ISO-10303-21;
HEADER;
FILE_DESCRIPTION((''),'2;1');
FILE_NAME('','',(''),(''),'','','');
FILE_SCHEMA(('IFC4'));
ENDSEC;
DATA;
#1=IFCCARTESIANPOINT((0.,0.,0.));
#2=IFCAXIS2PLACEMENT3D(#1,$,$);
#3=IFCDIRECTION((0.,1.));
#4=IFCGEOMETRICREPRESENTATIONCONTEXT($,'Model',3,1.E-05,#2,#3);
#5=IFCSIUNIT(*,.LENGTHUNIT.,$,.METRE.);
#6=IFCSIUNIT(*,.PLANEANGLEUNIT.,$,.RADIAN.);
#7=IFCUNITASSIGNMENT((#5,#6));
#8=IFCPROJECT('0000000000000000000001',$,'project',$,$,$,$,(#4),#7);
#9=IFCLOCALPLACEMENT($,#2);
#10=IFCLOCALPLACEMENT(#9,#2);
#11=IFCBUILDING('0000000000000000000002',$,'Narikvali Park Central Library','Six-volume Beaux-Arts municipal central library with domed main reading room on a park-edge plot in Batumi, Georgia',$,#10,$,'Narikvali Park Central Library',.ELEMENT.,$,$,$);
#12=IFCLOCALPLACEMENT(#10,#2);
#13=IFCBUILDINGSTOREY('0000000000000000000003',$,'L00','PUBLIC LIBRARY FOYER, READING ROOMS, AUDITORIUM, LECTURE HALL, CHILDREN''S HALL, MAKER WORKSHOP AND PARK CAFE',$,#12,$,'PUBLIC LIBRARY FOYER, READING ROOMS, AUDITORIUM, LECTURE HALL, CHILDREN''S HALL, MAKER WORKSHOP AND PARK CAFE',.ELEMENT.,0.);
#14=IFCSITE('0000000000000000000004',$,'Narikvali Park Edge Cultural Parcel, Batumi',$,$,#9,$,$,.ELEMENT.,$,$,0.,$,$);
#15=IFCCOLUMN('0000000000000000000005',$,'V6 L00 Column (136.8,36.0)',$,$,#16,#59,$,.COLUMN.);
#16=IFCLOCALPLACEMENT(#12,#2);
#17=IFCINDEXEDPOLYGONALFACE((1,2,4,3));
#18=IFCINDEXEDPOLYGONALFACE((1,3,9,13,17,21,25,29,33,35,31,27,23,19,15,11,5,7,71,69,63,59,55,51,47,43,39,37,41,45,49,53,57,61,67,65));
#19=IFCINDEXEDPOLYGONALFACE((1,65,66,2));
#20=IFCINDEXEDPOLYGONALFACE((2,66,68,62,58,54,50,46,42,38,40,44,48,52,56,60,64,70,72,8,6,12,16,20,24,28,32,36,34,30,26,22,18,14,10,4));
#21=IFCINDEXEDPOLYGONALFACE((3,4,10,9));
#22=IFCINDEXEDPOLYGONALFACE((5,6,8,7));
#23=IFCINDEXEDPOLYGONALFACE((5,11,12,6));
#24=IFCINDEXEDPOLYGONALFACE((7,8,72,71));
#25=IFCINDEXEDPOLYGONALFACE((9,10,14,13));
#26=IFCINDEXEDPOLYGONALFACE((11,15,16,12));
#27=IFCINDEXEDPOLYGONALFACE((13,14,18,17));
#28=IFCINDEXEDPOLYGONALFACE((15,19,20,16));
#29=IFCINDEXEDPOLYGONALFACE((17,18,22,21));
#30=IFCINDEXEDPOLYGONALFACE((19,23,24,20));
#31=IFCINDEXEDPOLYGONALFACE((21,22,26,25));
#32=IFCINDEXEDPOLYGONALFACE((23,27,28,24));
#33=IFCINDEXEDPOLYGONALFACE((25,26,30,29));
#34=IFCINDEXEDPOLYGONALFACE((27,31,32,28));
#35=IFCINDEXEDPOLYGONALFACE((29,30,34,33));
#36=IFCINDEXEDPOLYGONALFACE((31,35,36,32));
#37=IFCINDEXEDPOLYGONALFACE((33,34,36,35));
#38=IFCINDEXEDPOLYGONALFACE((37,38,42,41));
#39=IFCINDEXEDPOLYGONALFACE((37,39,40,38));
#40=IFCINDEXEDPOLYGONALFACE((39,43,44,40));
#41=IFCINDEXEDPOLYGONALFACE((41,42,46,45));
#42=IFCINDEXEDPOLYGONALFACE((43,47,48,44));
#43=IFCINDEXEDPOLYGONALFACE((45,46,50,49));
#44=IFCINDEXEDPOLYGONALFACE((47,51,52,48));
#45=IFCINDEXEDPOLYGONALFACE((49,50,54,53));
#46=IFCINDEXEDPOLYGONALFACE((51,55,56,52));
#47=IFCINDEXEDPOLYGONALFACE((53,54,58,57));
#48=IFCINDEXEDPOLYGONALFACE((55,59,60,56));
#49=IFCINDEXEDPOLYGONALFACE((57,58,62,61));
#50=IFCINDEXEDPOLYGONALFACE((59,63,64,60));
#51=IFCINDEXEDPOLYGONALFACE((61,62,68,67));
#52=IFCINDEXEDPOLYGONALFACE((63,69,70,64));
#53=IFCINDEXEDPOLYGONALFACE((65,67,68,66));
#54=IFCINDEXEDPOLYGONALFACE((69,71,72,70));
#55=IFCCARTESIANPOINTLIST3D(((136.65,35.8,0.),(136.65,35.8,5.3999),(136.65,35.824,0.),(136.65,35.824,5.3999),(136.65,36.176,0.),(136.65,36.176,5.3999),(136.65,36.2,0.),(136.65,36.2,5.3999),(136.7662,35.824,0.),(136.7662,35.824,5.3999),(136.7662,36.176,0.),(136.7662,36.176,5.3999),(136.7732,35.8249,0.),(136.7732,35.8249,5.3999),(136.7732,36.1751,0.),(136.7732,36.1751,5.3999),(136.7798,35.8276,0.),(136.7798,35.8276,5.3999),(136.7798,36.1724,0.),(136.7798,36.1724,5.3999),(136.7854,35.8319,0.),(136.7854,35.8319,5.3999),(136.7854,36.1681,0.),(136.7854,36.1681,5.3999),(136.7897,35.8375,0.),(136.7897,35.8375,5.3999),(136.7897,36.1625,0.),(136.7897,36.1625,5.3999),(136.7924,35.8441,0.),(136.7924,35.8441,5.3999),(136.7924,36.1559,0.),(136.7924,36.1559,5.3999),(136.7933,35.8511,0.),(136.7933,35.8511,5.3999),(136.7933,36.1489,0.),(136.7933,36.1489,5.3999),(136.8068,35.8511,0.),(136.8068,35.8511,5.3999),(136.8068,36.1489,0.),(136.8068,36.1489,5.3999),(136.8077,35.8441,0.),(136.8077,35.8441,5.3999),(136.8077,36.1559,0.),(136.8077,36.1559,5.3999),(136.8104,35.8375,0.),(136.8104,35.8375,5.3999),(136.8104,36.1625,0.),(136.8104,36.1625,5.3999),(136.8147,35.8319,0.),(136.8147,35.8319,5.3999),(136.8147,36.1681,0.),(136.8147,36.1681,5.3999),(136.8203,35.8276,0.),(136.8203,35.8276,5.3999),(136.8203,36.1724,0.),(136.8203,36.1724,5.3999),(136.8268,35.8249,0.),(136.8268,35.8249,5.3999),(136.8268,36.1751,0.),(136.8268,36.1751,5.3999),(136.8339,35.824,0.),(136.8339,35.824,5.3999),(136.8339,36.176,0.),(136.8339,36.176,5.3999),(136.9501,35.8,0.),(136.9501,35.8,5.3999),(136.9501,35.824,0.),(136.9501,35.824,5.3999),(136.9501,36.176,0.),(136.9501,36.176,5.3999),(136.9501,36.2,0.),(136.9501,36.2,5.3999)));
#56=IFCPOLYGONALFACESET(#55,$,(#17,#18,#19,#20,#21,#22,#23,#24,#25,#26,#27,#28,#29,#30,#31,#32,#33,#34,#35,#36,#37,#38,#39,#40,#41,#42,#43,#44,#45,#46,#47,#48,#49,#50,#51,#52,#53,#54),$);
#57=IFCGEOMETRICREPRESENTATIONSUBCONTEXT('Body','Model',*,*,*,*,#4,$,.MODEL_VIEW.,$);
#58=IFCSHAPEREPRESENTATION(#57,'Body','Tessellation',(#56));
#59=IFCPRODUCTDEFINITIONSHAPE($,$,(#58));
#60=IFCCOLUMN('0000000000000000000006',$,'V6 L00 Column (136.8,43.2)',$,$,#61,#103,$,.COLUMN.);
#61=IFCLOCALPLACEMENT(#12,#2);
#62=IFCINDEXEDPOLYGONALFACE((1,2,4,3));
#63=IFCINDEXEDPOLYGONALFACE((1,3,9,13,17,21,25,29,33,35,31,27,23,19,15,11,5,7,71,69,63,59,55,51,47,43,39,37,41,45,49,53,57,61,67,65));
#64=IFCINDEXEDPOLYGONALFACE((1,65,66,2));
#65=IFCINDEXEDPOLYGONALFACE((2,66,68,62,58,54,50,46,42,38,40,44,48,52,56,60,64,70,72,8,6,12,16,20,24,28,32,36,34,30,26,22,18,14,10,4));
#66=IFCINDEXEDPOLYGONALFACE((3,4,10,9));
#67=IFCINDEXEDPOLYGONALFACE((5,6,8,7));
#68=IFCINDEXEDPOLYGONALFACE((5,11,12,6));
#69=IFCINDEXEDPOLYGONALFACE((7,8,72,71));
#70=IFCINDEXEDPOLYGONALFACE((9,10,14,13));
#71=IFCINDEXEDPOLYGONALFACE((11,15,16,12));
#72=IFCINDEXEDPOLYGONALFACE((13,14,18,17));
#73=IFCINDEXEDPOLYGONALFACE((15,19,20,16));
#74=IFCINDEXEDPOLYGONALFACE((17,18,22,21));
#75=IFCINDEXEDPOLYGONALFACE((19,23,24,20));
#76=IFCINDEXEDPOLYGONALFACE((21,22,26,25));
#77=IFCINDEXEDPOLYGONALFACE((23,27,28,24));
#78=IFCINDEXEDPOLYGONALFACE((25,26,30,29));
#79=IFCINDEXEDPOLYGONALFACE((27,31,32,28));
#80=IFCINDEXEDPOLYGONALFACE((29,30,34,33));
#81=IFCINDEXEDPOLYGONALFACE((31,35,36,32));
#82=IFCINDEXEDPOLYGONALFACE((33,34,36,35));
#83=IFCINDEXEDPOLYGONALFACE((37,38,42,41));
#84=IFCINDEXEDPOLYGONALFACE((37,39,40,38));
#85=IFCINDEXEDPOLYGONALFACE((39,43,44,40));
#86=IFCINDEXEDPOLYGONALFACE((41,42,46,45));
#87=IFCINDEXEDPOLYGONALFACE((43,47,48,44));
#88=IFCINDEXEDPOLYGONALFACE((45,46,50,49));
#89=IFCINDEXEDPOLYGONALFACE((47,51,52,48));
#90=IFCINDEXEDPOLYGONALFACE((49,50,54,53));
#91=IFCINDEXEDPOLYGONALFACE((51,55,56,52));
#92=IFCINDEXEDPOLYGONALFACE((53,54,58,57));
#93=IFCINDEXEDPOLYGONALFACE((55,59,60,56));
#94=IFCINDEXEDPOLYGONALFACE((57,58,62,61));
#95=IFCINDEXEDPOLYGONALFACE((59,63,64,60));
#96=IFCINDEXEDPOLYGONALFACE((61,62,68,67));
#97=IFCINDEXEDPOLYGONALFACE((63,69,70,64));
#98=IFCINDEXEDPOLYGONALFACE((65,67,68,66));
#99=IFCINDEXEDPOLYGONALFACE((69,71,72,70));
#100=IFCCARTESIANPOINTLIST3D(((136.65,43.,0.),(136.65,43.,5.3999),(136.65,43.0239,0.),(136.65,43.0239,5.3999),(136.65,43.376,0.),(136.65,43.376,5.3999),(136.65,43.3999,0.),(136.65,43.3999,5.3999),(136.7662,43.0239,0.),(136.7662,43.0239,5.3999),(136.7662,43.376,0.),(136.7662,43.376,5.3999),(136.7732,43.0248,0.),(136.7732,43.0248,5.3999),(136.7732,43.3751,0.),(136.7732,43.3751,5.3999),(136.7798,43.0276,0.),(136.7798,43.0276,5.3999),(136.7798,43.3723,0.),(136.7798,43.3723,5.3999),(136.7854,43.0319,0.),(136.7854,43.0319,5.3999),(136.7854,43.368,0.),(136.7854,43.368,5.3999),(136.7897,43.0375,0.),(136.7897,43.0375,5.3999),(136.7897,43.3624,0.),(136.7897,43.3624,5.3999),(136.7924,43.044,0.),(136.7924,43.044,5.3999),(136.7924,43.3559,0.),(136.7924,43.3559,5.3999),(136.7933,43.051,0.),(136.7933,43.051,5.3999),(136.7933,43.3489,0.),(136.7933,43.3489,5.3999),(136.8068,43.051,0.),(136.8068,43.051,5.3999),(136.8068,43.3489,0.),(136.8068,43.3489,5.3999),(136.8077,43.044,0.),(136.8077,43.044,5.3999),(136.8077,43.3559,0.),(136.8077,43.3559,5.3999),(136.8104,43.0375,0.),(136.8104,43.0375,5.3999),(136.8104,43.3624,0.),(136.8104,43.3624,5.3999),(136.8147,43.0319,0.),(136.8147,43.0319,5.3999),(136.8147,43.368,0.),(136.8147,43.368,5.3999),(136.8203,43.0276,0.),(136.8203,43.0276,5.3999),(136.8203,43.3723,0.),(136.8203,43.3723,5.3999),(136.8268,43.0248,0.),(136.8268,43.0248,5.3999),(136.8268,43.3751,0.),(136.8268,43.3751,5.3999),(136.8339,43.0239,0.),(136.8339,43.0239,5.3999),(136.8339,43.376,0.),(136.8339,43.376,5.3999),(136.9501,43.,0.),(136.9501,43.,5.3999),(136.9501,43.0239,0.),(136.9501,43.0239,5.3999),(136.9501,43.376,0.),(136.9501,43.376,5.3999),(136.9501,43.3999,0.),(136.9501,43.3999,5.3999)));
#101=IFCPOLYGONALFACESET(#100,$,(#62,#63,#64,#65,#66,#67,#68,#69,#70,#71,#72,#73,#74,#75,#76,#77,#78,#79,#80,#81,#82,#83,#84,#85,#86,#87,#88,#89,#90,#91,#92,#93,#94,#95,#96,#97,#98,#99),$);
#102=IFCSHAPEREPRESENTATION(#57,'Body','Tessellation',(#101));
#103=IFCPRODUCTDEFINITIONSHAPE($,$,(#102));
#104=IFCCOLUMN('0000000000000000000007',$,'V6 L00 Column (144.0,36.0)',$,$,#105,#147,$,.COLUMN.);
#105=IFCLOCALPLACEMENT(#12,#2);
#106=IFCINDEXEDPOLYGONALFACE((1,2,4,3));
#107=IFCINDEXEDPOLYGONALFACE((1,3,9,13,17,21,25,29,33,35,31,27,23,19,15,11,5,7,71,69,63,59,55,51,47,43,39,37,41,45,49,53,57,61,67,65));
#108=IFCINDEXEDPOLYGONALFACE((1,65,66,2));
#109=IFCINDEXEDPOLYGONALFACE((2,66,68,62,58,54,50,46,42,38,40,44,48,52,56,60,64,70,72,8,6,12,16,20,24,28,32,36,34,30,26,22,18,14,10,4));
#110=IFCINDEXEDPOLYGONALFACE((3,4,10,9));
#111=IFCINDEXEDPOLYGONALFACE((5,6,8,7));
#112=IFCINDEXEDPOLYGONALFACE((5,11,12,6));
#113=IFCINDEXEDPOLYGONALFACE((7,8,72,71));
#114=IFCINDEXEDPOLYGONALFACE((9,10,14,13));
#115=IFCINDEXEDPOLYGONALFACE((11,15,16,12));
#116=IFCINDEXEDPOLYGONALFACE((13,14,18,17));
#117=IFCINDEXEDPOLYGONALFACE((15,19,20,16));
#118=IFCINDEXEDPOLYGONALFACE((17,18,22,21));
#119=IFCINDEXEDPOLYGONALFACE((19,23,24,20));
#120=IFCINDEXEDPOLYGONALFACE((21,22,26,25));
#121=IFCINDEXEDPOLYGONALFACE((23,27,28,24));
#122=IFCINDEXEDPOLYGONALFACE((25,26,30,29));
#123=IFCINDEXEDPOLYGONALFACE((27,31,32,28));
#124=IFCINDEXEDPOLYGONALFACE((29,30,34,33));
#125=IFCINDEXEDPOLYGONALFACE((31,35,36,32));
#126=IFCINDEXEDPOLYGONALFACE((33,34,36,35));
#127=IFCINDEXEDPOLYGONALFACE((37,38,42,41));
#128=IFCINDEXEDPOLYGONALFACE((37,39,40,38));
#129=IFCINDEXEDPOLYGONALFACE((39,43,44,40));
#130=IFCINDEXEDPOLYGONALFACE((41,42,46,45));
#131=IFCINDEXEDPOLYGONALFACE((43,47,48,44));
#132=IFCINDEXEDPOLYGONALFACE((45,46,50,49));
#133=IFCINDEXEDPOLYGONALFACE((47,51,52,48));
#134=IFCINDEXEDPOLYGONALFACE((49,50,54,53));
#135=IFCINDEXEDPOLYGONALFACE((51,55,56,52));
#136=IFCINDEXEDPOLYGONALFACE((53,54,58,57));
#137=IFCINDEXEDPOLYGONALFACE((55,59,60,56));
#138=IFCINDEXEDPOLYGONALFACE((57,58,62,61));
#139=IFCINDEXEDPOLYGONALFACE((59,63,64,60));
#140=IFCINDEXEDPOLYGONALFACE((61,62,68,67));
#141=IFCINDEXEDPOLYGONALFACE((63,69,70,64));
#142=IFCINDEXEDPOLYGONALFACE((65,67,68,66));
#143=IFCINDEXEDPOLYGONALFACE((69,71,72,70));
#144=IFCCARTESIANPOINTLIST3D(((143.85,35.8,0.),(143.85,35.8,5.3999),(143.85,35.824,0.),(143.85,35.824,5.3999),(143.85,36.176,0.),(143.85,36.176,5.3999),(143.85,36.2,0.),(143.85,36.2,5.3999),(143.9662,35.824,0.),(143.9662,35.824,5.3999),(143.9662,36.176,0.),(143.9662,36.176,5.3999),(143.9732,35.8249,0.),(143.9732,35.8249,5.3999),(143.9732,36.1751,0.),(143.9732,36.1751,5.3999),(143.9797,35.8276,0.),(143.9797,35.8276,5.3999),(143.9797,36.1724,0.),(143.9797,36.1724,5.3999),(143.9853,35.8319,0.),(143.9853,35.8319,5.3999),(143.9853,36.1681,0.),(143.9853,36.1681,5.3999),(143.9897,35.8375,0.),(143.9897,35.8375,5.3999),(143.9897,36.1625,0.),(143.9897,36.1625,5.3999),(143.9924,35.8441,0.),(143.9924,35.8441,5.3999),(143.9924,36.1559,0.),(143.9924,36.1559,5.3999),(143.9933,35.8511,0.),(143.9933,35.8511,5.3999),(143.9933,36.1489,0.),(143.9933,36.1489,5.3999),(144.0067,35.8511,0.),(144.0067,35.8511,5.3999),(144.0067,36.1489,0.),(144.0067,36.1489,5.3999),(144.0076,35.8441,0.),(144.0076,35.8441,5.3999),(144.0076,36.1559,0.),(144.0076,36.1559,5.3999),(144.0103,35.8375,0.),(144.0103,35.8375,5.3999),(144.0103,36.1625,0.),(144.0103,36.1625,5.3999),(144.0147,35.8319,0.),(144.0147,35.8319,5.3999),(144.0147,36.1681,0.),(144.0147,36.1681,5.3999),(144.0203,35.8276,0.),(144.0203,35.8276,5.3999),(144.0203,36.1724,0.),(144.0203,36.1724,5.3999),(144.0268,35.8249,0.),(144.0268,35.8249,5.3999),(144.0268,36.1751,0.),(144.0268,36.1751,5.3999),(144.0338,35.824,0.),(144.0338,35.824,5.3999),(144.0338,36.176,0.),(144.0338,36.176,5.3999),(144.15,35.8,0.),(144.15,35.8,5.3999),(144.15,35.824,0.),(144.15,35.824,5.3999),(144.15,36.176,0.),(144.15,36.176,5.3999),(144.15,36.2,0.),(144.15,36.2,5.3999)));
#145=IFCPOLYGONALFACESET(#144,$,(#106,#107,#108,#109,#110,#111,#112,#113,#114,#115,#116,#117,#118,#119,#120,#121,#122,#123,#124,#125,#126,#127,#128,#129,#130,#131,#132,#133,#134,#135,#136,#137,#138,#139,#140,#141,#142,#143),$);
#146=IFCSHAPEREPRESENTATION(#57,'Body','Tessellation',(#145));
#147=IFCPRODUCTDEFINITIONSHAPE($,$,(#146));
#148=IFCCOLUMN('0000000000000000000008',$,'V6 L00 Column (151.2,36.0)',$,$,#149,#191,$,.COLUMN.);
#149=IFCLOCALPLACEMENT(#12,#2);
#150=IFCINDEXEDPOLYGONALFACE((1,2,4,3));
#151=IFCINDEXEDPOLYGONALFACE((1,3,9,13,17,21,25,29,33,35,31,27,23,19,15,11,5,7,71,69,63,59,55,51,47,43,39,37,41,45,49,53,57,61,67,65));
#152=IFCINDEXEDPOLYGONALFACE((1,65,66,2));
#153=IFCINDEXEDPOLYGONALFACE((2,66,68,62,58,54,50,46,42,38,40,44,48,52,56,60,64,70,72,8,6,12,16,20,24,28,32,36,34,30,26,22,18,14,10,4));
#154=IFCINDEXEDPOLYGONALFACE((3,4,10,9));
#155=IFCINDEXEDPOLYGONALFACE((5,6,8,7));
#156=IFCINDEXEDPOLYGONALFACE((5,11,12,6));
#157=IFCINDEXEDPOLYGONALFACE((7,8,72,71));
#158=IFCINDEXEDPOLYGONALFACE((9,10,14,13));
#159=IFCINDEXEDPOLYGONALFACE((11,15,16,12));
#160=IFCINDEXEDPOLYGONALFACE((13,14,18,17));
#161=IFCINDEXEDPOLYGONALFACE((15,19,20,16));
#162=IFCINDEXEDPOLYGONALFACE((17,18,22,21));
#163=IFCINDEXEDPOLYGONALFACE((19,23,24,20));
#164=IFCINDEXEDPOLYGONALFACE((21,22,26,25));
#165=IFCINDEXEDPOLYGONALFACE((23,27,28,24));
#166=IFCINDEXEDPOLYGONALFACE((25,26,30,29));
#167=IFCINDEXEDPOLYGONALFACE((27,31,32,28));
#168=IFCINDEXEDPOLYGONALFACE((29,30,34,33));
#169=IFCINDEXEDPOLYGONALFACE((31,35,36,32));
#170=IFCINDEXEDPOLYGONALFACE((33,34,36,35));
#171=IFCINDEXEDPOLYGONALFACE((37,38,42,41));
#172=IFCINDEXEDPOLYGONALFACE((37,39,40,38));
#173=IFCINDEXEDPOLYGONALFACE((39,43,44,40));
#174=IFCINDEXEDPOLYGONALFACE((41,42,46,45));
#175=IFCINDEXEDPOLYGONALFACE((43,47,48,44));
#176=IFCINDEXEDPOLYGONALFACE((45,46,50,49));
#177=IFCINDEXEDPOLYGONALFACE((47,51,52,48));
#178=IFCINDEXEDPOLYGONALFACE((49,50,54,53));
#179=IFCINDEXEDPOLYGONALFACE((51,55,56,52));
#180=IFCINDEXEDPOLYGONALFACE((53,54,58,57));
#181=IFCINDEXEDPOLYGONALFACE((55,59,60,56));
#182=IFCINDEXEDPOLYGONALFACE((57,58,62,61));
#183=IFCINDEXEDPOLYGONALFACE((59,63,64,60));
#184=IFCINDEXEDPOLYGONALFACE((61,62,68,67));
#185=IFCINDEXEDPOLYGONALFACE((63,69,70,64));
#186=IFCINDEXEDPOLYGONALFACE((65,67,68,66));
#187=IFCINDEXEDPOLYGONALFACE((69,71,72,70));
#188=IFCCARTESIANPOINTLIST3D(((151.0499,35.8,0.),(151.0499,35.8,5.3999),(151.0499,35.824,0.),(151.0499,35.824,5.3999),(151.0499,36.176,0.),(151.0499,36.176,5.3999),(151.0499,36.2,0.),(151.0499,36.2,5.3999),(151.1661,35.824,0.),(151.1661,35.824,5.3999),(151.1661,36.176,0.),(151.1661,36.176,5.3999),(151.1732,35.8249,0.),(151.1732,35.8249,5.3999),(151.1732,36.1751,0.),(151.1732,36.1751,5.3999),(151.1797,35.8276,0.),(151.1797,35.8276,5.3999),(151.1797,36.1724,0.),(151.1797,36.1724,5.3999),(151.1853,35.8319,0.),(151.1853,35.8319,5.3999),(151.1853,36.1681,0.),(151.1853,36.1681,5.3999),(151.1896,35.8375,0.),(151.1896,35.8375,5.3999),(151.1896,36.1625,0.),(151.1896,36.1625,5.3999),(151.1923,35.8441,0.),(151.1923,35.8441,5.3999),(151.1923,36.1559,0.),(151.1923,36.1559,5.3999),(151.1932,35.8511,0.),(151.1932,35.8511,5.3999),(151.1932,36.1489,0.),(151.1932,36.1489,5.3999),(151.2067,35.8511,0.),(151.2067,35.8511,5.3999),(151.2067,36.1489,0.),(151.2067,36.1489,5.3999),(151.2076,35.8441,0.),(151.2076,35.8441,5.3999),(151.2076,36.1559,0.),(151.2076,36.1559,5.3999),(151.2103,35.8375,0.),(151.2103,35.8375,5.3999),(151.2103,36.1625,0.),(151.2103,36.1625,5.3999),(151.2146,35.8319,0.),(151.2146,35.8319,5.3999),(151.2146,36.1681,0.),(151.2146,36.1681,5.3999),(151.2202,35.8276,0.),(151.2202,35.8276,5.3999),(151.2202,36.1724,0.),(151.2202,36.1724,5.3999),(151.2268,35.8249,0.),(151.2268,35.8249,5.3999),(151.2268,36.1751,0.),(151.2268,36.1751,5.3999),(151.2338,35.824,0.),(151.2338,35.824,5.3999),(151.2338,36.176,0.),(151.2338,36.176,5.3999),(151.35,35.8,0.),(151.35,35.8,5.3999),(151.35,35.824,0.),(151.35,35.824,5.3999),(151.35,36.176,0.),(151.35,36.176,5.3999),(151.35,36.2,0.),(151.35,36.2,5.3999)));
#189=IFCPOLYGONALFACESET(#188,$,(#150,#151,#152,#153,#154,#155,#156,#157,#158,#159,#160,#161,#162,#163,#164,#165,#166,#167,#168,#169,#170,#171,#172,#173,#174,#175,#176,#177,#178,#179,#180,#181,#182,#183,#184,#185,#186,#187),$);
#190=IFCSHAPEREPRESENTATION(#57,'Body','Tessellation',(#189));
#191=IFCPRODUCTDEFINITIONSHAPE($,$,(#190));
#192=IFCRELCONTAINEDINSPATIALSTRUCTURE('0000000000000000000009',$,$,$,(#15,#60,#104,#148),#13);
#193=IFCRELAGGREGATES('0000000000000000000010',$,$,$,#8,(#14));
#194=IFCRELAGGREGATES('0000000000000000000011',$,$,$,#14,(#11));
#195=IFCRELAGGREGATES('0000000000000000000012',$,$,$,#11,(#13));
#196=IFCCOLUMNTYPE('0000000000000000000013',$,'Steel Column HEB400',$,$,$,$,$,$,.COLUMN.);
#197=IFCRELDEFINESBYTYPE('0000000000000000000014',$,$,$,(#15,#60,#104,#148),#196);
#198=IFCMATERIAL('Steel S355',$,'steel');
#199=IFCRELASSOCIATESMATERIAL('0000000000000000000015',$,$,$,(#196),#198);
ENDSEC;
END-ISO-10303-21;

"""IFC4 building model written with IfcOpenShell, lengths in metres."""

from ifc_helpers import new_model, si_unit, direction, frame, origin, origin_2d, place, context, subcontext, project, spatial, i_section, extrude, material, material_profile, profile_set, type_object, element, save


model = new_model("IFC4")

# Units and contexts
model_context = context("Model", 3, precision=1e-05, world=origin(), true_north=direction((0.0, 1.0)))
body_context = subcontext(model_context, "Body", "Model", "MODEL_VIEW")
ifc_project = project(units=[si_unit("LENGTHUNIT", "METRE"), si_unit("PLANEANGLEUNIT", "RADIAN")], contexts=[model_context])

# Site, building, storey
site_placement = place(None, origin())
site = spatial("IfcSite", under=ifc_project, at=site_placement, Name="Narikvali Park Edge Cultural Parcel, Batumi", CompositionType="ELEMENT", RefElevation=0.0)
building_placement = place(site_placement, origin())
building = spatial("IfcBuilding", under=site, at=building_placement, Name="Narikvali Park Central Library", Description="Six-volume Beaux-Arts municipal central library with domed main reading room on a park-edge plot in Batumi, Georgia", LongName="Narikvali Park Central Library", CompositionType="ELEMENT")
storey_placement = place(building_placement, origin())
storey = spatial("IfcBuildingStorey", under=building, at=storey_placement, Name="L00", Description="PUBLIC LIBRARY FOYER, READING ROOMS, AUDITORIUM, LECTURE HALL, CHILDREN'S HALL, MAKER WORKSHOP AND PARK CAFE", LongName="PUBLIC LIBRARY FOYER, READING ROOMS, AUDITORIUM, LECTURE HALL, CHILDREN'S HALL, MAKER WORKSHOP AND PARK CAFE", CompositionType="ELEMENT", Elevation=0.0)

# Columns
ifc_material_1 = material(Name="Steel S355", Category="steel")
ifc_material_profile_1 = material_profile(ifc_material_1, i_section(OverallWidth=0.3, OverallDepth=0.3999, WebThickness=0.0134, FlangeThickness=0.0239, FilletRadius=0.0271, at=origin_2d()), Name="HEB 400")
ifc_profile_set_1 = profile_set([ifc_material_profile_1], Name="Steel S355")
column_type = type_object("IfcColumnType", Name="Steel Column HEB400", PredefinedType="COLUMN", material=ifc_profile_set_1)
for number, where, z_axis, x_axis, name in (
    (1, (136.8, 36.0, 0.0), (0.0, 0.0, 1.0), (1.0, 0.0, 0.0), "V6 L00 Column (136.8,36.0)"),
    (2, (136.8, 43.2, 0.0), (0.0, 0.0, 1.0), (1.0, 0.0, 0.0), "V6 L00 Column (136.8,43.2)"),
    (3, (144.0, 36.0, 0.0), (0.0, 0.0, 1.0), (1.0, 0.0, 0.0), "V6 L00 Column (144.0,36.0)"),
    (4, (151.2, 36.0, 0.0), (0.0, 0.0, 1.0), (1.0, 0.0, 0.0), "V6 L00 Column (151.2,36.0)"),
):
    element("IfcColumn", number, at=place(storey_placement, frame(where, z_axis=z_axis, x_axis=x_axis)), inside=storey, type_object=column_type, Name=name, PredefinedType="COLUMN", context=body_context, shape_type="SweptSolid", body=[
        extrude(i_section(OverallWidth=0.3, OverallDepth=0.3999, WebThickness=0.0134, FlangeThickness=0.0239, FilletRadius=0.0271, at=origin_2d()), origin(), (0.0, 0.0, 1.0), 5.3999),
    ])

save(model, "model.ifc")
